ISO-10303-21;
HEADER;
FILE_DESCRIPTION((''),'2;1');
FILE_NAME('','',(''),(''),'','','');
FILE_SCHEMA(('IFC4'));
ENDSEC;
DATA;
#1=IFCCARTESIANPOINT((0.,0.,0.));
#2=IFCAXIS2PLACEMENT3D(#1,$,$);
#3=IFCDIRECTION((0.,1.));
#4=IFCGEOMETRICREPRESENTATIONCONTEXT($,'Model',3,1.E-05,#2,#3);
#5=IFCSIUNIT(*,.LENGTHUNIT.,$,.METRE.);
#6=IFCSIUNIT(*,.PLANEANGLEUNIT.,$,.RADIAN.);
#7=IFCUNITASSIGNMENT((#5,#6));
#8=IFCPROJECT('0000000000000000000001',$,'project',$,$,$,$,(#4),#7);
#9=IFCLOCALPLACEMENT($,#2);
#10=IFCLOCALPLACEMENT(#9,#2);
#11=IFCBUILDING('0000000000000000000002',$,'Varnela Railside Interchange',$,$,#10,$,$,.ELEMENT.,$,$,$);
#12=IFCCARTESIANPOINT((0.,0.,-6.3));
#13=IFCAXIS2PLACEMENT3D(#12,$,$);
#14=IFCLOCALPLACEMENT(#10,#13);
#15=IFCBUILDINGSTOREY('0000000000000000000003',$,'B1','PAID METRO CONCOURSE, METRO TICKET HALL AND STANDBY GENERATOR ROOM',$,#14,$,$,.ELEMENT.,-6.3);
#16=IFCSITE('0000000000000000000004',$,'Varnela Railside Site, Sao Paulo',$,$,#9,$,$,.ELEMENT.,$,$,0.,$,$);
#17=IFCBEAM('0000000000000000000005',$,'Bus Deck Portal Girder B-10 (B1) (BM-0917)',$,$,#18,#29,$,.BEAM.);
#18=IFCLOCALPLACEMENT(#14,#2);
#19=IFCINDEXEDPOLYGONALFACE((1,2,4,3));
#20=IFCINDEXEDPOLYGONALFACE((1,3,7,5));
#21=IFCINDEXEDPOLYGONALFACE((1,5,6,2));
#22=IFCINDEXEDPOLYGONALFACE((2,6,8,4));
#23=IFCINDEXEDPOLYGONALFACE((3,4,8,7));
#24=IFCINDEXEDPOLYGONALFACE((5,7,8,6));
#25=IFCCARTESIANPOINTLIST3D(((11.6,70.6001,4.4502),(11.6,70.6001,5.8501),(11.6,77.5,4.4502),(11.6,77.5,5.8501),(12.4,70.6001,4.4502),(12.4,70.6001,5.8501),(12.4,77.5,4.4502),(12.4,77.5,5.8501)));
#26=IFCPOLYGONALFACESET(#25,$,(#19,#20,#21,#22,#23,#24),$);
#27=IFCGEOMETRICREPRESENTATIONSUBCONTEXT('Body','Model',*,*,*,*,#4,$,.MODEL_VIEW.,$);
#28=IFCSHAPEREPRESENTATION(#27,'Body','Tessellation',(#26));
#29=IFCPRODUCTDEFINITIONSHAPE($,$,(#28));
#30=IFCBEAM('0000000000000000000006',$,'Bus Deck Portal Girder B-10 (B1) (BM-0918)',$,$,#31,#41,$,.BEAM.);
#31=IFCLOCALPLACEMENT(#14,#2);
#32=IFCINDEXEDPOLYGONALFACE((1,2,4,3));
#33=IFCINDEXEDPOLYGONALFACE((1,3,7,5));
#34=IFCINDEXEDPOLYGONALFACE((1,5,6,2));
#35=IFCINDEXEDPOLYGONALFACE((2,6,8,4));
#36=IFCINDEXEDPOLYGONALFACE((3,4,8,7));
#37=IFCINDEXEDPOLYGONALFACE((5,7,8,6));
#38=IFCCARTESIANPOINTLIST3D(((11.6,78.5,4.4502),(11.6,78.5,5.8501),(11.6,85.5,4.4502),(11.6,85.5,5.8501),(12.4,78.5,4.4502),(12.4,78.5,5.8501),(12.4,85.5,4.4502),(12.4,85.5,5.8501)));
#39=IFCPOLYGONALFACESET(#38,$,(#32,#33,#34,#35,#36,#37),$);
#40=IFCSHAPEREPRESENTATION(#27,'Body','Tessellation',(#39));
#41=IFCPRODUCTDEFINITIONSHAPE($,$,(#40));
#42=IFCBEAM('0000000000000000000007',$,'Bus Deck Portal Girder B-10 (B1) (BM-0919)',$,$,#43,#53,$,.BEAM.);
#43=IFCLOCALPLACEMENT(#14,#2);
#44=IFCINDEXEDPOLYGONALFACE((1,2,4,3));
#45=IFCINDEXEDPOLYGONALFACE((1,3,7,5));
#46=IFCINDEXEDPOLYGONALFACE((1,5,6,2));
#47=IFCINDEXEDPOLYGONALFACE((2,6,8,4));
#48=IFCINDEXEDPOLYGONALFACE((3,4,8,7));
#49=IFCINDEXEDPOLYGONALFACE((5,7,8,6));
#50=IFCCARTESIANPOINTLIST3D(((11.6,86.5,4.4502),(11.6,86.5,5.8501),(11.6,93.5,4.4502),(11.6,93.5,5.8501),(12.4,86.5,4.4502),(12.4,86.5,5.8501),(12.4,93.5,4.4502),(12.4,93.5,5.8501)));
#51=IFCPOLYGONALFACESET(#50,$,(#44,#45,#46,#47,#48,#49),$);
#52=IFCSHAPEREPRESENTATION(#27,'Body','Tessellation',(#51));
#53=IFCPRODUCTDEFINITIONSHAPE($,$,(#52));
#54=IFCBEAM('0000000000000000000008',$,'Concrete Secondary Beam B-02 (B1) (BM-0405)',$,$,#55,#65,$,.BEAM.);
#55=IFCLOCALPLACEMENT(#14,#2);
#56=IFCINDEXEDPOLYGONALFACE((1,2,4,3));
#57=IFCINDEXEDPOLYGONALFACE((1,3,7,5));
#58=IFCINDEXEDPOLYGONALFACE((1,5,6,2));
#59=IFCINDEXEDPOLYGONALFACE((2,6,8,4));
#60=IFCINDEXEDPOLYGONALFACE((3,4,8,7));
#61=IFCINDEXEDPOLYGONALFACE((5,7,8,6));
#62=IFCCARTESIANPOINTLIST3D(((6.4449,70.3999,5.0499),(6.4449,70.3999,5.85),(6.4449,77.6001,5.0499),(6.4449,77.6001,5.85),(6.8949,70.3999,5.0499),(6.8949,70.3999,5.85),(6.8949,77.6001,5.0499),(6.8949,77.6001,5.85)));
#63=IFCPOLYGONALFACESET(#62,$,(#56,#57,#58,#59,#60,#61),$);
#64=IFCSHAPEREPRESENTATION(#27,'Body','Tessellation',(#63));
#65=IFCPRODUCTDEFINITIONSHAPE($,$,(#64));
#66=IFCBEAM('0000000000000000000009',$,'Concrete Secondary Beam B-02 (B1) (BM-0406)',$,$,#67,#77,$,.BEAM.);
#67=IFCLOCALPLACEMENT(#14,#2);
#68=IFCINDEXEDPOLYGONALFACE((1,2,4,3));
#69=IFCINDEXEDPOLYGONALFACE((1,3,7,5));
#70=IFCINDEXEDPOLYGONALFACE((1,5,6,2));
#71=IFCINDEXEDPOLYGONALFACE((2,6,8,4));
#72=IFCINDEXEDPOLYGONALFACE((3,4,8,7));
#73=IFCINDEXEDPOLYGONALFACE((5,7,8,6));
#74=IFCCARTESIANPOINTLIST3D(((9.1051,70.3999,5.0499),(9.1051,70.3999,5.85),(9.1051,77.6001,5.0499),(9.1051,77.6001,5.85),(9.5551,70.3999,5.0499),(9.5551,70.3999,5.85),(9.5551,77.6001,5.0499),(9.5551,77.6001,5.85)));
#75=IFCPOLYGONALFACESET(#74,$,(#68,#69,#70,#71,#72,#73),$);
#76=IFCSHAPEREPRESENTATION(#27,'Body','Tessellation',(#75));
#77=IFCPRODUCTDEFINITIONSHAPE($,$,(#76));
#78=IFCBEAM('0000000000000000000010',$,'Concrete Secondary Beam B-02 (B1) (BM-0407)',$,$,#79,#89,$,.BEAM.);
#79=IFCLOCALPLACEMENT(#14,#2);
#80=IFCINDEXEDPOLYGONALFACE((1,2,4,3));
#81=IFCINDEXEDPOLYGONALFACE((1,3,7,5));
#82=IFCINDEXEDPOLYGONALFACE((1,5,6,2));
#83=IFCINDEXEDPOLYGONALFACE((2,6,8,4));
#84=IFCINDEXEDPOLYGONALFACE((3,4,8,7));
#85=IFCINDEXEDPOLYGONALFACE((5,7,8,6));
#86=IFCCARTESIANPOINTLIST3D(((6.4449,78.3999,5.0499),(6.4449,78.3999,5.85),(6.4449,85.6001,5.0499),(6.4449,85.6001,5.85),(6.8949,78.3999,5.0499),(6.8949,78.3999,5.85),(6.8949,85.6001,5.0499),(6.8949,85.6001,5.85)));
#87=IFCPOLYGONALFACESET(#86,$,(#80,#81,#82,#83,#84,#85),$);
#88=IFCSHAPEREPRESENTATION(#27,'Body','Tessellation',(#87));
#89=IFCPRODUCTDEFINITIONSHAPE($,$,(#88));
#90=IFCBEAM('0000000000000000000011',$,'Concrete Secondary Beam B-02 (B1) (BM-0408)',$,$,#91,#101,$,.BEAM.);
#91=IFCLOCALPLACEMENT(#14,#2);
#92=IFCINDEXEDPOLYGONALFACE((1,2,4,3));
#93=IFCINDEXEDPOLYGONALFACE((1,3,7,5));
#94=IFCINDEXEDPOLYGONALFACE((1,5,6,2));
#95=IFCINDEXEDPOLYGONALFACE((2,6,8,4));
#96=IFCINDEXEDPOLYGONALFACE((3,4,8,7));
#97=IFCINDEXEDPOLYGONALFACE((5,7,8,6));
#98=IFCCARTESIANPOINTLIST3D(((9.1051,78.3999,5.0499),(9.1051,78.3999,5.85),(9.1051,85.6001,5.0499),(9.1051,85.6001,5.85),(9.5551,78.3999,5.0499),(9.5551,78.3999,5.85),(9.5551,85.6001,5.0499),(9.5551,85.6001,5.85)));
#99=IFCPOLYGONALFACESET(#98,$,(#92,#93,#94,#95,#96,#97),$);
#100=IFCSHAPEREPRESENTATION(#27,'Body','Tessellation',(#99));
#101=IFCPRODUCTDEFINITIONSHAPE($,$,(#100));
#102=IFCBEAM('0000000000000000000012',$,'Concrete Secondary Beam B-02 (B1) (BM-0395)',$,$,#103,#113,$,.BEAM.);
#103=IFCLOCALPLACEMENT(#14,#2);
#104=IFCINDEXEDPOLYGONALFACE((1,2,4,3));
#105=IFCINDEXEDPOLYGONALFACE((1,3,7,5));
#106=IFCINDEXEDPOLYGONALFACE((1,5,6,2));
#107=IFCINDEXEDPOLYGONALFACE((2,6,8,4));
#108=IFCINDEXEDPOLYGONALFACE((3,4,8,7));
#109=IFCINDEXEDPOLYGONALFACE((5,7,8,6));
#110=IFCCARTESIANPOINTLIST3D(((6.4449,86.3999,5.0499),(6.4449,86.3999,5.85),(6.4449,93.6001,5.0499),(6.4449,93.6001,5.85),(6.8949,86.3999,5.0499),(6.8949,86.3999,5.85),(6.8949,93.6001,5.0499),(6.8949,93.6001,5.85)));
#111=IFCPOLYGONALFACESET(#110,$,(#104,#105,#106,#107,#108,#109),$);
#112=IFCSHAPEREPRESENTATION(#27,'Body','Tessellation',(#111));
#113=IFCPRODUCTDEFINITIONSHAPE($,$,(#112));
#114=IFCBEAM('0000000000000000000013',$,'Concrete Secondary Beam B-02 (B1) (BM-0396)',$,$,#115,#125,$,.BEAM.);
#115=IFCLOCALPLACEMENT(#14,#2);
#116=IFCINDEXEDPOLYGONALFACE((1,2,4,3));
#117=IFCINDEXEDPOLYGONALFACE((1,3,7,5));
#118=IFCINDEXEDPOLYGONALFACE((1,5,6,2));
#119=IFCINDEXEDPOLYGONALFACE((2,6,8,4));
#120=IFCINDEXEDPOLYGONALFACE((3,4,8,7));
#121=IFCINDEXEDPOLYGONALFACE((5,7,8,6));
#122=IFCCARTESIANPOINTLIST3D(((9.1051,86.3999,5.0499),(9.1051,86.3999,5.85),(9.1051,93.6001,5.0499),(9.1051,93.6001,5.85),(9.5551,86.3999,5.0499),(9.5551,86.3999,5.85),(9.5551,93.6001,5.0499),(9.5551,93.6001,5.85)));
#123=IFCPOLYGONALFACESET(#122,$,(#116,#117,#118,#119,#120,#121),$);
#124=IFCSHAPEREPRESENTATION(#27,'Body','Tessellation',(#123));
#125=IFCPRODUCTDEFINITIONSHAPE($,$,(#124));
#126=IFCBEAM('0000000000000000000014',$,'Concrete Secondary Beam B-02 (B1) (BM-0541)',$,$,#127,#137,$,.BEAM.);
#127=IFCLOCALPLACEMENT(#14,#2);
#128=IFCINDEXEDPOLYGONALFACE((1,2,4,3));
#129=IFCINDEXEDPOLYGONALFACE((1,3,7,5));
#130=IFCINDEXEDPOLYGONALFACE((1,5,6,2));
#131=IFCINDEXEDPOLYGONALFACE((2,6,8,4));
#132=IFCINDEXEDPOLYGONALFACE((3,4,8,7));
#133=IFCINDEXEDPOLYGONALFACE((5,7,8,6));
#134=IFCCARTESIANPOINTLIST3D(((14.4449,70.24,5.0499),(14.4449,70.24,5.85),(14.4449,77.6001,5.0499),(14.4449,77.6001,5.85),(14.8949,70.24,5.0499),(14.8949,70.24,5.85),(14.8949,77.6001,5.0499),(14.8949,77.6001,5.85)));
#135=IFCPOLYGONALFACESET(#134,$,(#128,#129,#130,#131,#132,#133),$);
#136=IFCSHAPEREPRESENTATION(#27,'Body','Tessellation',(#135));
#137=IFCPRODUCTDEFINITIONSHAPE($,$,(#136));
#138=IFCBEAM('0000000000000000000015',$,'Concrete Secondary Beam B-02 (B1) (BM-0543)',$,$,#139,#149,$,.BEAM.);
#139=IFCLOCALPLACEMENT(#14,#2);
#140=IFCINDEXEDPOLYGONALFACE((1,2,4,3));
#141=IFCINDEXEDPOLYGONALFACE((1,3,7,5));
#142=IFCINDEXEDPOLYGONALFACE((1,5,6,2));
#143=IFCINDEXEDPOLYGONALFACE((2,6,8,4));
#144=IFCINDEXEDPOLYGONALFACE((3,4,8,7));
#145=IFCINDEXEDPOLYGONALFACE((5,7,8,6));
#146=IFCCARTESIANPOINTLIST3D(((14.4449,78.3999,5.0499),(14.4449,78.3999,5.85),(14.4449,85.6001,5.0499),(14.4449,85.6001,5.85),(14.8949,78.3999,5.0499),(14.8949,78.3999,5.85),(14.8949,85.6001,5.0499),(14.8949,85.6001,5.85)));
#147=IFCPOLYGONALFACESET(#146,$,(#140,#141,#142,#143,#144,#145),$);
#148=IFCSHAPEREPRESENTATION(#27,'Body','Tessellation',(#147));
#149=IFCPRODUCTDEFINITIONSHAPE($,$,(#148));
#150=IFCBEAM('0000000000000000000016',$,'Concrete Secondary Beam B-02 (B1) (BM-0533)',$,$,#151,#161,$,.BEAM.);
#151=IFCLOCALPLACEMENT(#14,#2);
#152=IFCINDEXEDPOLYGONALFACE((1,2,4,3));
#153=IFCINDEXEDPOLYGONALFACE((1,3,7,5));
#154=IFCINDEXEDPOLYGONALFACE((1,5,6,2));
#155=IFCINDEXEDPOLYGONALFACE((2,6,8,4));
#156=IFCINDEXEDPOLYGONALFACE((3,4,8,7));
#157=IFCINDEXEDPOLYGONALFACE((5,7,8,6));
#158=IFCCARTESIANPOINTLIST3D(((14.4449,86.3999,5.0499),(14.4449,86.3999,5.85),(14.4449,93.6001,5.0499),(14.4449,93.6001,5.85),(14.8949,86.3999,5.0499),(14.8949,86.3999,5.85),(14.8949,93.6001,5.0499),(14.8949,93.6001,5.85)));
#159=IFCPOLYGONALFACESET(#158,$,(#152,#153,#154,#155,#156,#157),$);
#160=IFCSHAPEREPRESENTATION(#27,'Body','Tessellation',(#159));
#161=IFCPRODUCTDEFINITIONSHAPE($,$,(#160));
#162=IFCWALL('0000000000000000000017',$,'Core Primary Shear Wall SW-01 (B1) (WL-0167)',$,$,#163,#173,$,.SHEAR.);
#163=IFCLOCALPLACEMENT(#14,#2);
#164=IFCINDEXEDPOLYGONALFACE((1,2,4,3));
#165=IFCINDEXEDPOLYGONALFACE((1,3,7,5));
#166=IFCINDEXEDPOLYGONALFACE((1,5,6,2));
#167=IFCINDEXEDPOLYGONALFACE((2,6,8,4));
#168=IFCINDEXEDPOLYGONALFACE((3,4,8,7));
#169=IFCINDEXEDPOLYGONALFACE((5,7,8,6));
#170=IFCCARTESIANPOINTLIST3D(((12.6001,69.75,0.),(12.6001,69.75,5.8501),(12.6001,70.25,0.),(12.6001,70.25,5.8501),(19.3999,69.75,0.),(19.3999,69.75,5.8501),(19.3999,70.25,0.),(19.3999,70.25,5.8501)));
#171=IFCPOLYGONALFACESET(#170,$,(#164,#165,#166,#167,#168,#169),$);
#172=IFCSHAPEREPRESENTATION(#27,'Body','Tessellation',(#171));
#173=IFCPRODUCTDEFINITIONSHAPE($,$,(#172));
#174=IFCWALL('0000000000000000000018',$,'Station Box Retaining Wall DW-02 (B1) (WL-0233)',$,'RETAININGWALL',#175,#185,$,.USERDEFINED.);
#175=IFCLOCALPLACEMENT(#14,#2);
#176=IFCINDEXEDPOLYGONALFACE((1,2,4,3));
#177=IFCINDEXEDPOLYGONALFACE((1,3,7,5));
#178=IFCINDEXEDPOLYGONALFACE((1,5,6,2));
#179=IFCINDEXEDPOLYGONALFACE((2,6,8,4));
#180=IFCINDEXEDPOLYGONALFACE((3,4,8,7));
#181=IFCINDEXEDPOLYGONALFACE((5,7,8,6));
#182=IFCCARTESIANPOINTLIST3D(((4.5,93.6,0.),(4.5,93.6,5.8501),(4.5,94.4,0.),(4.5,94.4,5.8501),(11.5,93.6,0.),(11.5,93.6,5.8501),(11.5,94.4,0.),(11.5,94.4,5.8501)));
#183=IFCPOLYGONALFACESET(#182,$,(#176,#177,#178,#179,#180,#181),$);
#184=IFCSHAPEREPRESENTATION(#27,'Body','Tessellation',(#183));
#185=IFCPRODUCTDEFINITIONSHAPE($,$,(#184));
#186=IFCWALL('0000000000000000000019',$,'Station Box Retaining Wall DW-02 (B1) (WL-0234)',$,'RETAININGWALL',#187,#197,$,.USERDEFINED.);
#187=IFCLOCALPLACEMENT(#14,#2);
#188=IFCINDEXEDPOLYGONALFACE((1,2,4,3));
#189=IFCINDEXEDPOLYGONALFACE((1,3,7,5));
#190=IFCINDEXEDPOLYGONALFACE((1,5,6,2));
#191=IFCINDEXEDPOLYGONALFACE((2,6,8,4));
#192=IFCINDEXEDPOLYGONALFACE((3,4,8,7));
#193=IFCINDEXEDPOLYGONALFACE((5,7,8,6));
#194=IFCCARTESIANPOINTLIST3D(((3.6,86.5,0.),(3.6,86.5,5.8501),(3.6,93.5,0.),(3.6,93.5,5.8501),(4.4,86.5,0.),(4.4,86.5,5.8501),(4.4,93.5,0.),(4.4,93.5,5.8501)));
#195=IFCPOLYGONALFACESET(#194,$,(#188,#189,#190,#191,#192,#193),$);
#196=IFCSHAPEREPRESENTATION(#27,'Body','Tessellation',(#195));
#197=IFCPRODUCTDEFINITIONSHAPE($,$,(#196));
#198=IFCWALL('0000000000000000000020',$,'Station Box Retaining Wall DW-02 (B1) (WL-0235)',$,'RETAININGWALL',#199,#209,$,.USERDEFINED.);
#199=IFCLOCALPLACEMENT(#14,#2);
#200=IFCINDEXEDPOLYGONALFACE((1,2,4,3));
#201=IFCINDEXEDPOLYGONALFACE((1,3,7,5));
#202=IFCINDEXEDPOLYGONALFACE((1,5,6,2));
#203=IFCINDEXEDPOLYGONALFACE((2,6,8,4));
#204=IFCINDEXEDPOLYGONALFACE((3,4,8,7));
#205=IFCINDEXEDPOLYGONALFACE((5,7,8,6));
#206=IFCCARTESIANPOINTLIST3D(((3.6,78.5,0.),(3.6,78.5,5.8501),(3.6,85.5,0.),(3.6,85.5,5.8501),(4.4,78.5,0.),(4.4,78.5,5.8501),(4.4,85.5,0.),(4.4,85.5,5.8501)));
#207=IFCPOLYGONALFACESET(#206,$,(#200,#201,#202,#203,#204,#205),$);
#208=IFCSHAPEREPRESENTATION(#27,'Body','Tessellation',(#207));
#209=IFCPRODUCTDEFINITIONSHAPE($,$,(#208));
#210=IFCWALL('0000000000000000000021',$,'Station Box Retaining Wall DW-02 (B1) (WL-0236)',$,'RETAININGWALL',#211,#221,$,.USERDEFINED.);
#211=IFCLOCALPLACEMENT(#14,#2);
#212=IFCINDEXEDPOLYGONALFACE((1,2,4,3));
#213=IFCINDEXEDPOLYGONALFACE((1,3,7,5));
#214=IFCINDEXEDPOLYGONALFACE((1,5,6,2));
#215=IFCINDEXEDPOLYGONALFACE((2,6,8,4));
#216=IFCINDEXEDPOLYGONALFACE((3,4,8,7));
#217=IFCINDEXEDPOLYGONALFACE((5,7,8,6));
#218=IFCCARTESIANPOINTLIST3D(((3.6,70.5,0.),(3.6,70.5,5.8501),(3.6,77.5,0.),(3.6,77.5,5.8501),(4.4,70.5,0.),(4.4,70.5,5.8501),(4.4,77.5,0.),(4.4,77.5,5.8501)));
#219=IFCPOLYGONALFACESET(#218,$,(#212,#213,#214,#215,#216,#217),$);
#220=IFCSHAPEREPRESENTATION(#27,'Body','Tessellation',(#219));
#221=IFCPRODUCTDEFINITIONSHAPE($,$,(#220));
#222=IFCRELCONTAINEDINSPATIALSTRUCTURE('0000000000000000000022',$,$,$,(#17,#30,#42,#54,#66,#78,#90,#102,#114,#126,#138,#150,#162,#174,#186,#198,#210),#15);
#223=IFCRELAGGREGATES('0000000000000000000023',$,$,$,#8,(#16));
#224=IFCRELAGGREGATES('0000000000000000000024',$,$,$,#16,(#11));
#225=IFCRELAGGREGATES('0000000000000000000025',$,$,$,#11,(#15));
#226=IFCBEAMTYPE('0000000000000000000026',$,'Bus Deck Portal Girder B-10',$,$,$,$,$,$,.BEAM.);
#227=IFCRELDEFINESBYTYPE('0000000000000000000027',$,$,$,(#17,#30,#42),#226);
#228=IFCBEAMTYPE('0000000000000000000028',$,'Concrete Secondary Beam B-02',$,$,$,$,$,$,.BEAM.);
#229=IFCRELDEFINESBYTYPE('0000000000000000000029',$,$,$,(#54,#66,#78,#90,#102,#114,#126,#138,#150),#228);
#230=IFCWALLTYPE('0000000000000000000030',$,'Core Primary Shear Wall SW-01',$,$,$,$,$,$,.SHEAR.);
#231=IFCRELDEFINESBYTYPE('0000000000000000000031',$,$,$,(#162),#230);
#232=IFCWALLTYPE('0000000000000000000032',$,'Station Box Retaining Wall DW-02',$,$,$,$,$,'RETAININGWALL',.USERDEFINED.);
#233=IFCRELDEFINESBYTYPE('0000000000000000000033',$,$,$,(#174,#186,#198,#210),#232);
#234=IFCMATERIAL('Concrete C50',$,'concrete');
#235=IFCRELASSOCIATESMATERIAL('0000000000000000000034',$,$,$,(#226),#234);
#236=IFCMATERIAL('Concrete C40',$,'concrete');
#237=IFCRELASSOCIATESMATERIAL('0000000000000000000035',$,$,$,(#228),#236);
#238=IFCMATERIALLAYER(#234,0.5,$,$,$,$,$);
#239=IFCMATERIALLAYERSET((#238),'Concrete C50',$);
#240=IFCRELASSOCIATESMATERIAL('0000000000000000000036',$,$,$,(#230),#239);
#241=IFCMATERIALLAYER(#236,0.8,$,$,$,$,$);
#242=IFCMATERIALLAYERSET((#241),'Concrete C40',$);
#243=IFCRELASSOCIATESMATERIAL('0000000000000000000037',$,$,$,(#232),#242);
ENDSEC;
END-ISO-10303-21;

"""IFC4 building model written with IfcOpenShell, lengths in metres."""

from ifc_helpers import new_model, si_unit, direction, frame, frame_2d, origin, origin_2d, place, context, subcontext, project, spatial, rectangle, extrude, material, layer, layer_set, material_profile, profile_set, type_object, element, save


model = new_model("IFC4")

# Units and contexts
model_context = context("Model", 3, precision=1e-05, world=origin(), true_north=direction((0.0, 1.0)))
body_context = subcontext(model_context, "Body", "Model", "MODEL_VIEW")
ifc_project = project(units=[si_unit("LENGTHUNIT", "METRE"), si_unit("PLANEANGLEUNIT", "RADIAN")], contexts=[model_context])

# Site, building, storey
site_placement = place(None, origin())
site = spatial("IfcSite", under=ifc_project, at=site_placement, Name="Varnela Railside Site, Sao Paulo", CompositionType="ELEMENT", RefElevation=0.0)
building_placement = place(site_placement, origin())
building = spatial("IfcBuilding", under=site, at=building_placement, Name="Varnela Railside Interchange", CompositionType="ELEMENT")
storey_placement = place(building_placement, frame((0.0, 0.0, -6.3)))
storey = spatial("IfcBuildingStorey", under=building, at=storey_placement, Name="B1", Description="PAID METRO CONCOURSE, METRO TICKET HALL AND STANDBY GENERATOR ROOM", CompositionType="ELEMENT", Elevation=-6.3)

# Shared definitions
ifc_material_1 = material(Name="Concrete C50", Category="concrete")

# Beams
ifc_material_profile_1 = material_profile(ifc_material_1, rectangle(XDim=0.8, YDim=1.3999, at=origin_2d()), Name="RC 800x1400")
ifc_profile_set_1 = profile_set([ifc_material_profile_1], Name="Concrete C50")
beam_type_1 = type_object("IfcBeamType", Name="Bus Deck Portal Girder B-10", PredefinedType="BEAM", material=ifc_profile_set_1)
beam_1_placement = place(storey_placement, frame((12.0, 70.6001, 5.1501), z_axis=(0.0, 1.0, 0.0), x_axis=(-1.0, 0.0, 0.0)))
element("IfcBeam", 1, at=beam_1_placement, inside=storey, type_object=beam_type_1, Name="Bus Deck Portal Girder B-10 (B1) (BM-0917)", PredefinedType="BEAM", context=body_context, shape_type="SweptSolid", body=[
    extrude(rectangle(XDim=0.8, YDim=1.3999, at=origin_2d()), origin(), (0.0, 0.0, 1.0), 6.8999),
])
for number, where, z_axis, x_axis, name in (
    (2, (12.0, 78.5, 5.1501), (0.0, 1.0, 0.0), (-1.0, 0.0, 0.0), "Bus Deck Portal Girder B-10 (B1) (BM-0918)"),
    (3, (12.0, 86.5, 5.1501), (0.0, 1.0, 0.0), (-1.0, 0.0, 0.0), "Bus Deck Portal Girder B-10 (B1) (BM-0919)"),
):
    element("IfcBeam", number, at=place(storey_placement, frame(where, z_axis=z_axis, x_axis=x_axis)), inside=storey, type_object=beam_type_1, Name=name, PredefinedType="BEAM", context=body_context, shape_type="SweptSolid", body=[
        extrude(rectangle(XDim=0.8, YDim=1.3999, at=origin_2d()), origin(), (0.0, 0.0, 1.0), 7.0),
    ])
ifc_material_2 = material(Name="Concrete C40", Category="concrete")
ifc_material_profile_2 = material_profile(ifc_material_2, rectangle(XDim=0.45, YDim=0.8, at=origin_2d()), Name="RC 450x800")
ifc_profile_set_2 = profile_set([ifc_material_profile_2], Name="Concrete C40")
beam_type_2 = type_object("IfcBeamType", Name="Concrete Secondary Beam B-02", PredefinedType="BEAM", material=ifc_profile_set_2)
for number, where, z_axis, x_axis, name in (
    (4, (6.6699, 70.3999, 5.45), (0.0, 1.0, 0.0), (-1.0, 0.0, 0.0), "Concrete Secondary Beam B-02 (B1) (BM-0405)"),
    (5, (9.3301, 70.3999, 5.45), (0.0, 1.0, 0.0), (-1.0, 0.0, 0.0), "Concrete Secondary Beam B-02 (B1) (BM-0406)"),
    (6, (6.6699, 78.3999, 5.45), (0.0, 1.0, 0.0), (-1.0, 0.0, 0.0), "Concrete Secondary Beam B-02 (B1) (BM-0407)"),
    (7, (9.3301, 78.3999, 5.45), (0.0, 1.0, 0.0), (-1.0, 0.0, 0.0), "Concrete Secondary Beam B-02 (B1) (BM-0408)"),
    (8, (6.6699, 86.3999, 5.45), (0.0, 1.0, 0.0), (-1.0, 0.0, 0.0), "Concrete Secondary Beam B-02 (B1) (BM-0395)"),
    (9, (9.3301, 86.3999, 5.45), (0.0, 1.0, 0.0), (-1.0, 0.0, 0.0), "Concrete Secondary Beam B-02 (B1) (BM-0396)"),
):
    element("IfcBeam", number, at=place(storey_placement, frame(where, z_axis=z_axis, x_axis=x_axis)), inside=storey, type_object=beam_type_2, Name=name, PredefinedType="BEAM", context=body_context, shape_type="SweptSolid", body=[
        extrude(rectangle(XDim=0.45, YDim=0.8, at=origin_2d()), origin(), (0.0, 0.0, 1.0), 7.2002),
    ])
beam_2_placement = place(storey_placement, frame((14.6699, 70.24, 5.45), z_axis=(0.0, 1.0, 0.0), x_axis=(-1.0, 0.0, 0.0)))
element("IfcBeam", 10, at=beam_2_placement, inside=storey, type_object=beam_type_2, Name="Concrete Secondary Beam B-02 (B1) (BM-0541)", PredefinedType="BEAM", context=body_context, shape_type="SweptSolid", body=[
    extrude(rectangle(XDim=0.45, YDim=0.8, at=origin_2d()), origin(), (0.0, 0.0, 1.0), 7.3601),
])
for number, where, z_axis, x_axis, name in (
    (11, (14.6699, 78.3999, 5.45), (0.0, 1.0, 0.0), (-1.0, 0.0, 0.0), "Concrete Secondary Beam B-02 (B1) (BM-0543)"),
    (12, (14.6699, 86.3999, 5.45), (0.0, 1.0, 0.0), (-1.0, 0.0, 0.0), "Concrete Secondary Beam B-02 (B1) (BM-0533)"),
):
    element("IfcBeam", number, at=place(storey_placement, frame(where, z_axis=z_axis, x_axis=x_axis)), inside=storey, type_object=beam_type_2, Name=name, PredefinedType="BEAM", context=body_context, shape_type="SweptSolid", body=[
        extrude(rectangle(XDim=0.45, YDim=0.8, at=origin_2d()), origin(), (0.0, 0.0, 1.0), 7.2002),
    ])

# Walls
ifc_layer_1 = layer(ifc_material_1, 0.5)
ifc_layer_set_1 = layer_set([ifc_layer_1], Name="Concrete C50")
wall_type_1 = type_object("IfcWallType", Name="Core Primary Shear Wall SW-01", PredefinedType="SHEAR", material=ifc_layer_set_1)
wall_1_placement = place(storey_placement, frame((12.6001, 70.0, 0.0), z_axis=(0.0, 0.0, 1.0), x_axis=(1.0, 0.0, 0.0)))
element("IfcWall", 13, at=wall_1_placement, inside=storey, type_object=wall_type_1, Name="Core Primary Shear Wall SW-01 (B1) (WL-0167)", PredefinedType="SHEAR", context=body_context, shape_type="SweptSolid", body=[
    extrude(rectangle(XDim=6.7998, YDim=0.5, at=frame_2d((3.3999, 0.0))), origin(), (0.0, 0.0, 1.0), 5.8501),
])
ifc_layer_2 = layer(ifc_material_2, 0.8)
ifc_layer_set_2 = layer_set([ifc_layer_2], Name="Concrete C40")
wall_type_2 = type_object("IfcWallType", Name="Station Box Retaining Wall DW-02", ElementType="RETAININGWALL", PredefinedType="USERDEFINED", material=ifc_layer_set_2)
for number, where, z_axis, x_axis, name in (
    (14, (11.5, 94.0, 0.0), (0.0, 0.0, 1.0), (-1.0, 0.0, 0.0), "Station Box Retaining Wall DW-02 (B1) (WL-0233)"),
    (15, (4.0, 93.5, 0.0), (0.0, 0.0, 1.0), (0.0, -1.0, 0.0), "Station Box Retaining Wall DW-02 (B1) (WL-0234)"),
    (16, (4.0, 85.5, 0.0), (0.0, 0.0, 1.0), (0.0, -1.0, 0.0), "Station Box Retaining Wall DW-02 (B1) (WL-0235)"),
    (17, (4.0, 77.5, 0.0), (0.0, 0.0, 1.0), (0.0, -1.0, 0.0), "Station Box Retaining Wall DW-02 (B1) (WL-0236)"),
):
    element("IfcWall", number, at=place(storey_placement, frame(where, z_axis=z_axis, x_axis=x_axis)), inside=storey, type_object=wall_type_2, Name=name, ObjectType="RETAININGWALL", PredefinedType="USERDEFINED", context=body_context, shape_type="SweptSolid", body=[
        extrude(rectangle(XDim=7.0, YDim=0.8, at=frame_2d((3.5, 0.0))), origin(), (0.0, 0.0, 1.0), 5.8501),
    ])

save(model, "model.ifc")
